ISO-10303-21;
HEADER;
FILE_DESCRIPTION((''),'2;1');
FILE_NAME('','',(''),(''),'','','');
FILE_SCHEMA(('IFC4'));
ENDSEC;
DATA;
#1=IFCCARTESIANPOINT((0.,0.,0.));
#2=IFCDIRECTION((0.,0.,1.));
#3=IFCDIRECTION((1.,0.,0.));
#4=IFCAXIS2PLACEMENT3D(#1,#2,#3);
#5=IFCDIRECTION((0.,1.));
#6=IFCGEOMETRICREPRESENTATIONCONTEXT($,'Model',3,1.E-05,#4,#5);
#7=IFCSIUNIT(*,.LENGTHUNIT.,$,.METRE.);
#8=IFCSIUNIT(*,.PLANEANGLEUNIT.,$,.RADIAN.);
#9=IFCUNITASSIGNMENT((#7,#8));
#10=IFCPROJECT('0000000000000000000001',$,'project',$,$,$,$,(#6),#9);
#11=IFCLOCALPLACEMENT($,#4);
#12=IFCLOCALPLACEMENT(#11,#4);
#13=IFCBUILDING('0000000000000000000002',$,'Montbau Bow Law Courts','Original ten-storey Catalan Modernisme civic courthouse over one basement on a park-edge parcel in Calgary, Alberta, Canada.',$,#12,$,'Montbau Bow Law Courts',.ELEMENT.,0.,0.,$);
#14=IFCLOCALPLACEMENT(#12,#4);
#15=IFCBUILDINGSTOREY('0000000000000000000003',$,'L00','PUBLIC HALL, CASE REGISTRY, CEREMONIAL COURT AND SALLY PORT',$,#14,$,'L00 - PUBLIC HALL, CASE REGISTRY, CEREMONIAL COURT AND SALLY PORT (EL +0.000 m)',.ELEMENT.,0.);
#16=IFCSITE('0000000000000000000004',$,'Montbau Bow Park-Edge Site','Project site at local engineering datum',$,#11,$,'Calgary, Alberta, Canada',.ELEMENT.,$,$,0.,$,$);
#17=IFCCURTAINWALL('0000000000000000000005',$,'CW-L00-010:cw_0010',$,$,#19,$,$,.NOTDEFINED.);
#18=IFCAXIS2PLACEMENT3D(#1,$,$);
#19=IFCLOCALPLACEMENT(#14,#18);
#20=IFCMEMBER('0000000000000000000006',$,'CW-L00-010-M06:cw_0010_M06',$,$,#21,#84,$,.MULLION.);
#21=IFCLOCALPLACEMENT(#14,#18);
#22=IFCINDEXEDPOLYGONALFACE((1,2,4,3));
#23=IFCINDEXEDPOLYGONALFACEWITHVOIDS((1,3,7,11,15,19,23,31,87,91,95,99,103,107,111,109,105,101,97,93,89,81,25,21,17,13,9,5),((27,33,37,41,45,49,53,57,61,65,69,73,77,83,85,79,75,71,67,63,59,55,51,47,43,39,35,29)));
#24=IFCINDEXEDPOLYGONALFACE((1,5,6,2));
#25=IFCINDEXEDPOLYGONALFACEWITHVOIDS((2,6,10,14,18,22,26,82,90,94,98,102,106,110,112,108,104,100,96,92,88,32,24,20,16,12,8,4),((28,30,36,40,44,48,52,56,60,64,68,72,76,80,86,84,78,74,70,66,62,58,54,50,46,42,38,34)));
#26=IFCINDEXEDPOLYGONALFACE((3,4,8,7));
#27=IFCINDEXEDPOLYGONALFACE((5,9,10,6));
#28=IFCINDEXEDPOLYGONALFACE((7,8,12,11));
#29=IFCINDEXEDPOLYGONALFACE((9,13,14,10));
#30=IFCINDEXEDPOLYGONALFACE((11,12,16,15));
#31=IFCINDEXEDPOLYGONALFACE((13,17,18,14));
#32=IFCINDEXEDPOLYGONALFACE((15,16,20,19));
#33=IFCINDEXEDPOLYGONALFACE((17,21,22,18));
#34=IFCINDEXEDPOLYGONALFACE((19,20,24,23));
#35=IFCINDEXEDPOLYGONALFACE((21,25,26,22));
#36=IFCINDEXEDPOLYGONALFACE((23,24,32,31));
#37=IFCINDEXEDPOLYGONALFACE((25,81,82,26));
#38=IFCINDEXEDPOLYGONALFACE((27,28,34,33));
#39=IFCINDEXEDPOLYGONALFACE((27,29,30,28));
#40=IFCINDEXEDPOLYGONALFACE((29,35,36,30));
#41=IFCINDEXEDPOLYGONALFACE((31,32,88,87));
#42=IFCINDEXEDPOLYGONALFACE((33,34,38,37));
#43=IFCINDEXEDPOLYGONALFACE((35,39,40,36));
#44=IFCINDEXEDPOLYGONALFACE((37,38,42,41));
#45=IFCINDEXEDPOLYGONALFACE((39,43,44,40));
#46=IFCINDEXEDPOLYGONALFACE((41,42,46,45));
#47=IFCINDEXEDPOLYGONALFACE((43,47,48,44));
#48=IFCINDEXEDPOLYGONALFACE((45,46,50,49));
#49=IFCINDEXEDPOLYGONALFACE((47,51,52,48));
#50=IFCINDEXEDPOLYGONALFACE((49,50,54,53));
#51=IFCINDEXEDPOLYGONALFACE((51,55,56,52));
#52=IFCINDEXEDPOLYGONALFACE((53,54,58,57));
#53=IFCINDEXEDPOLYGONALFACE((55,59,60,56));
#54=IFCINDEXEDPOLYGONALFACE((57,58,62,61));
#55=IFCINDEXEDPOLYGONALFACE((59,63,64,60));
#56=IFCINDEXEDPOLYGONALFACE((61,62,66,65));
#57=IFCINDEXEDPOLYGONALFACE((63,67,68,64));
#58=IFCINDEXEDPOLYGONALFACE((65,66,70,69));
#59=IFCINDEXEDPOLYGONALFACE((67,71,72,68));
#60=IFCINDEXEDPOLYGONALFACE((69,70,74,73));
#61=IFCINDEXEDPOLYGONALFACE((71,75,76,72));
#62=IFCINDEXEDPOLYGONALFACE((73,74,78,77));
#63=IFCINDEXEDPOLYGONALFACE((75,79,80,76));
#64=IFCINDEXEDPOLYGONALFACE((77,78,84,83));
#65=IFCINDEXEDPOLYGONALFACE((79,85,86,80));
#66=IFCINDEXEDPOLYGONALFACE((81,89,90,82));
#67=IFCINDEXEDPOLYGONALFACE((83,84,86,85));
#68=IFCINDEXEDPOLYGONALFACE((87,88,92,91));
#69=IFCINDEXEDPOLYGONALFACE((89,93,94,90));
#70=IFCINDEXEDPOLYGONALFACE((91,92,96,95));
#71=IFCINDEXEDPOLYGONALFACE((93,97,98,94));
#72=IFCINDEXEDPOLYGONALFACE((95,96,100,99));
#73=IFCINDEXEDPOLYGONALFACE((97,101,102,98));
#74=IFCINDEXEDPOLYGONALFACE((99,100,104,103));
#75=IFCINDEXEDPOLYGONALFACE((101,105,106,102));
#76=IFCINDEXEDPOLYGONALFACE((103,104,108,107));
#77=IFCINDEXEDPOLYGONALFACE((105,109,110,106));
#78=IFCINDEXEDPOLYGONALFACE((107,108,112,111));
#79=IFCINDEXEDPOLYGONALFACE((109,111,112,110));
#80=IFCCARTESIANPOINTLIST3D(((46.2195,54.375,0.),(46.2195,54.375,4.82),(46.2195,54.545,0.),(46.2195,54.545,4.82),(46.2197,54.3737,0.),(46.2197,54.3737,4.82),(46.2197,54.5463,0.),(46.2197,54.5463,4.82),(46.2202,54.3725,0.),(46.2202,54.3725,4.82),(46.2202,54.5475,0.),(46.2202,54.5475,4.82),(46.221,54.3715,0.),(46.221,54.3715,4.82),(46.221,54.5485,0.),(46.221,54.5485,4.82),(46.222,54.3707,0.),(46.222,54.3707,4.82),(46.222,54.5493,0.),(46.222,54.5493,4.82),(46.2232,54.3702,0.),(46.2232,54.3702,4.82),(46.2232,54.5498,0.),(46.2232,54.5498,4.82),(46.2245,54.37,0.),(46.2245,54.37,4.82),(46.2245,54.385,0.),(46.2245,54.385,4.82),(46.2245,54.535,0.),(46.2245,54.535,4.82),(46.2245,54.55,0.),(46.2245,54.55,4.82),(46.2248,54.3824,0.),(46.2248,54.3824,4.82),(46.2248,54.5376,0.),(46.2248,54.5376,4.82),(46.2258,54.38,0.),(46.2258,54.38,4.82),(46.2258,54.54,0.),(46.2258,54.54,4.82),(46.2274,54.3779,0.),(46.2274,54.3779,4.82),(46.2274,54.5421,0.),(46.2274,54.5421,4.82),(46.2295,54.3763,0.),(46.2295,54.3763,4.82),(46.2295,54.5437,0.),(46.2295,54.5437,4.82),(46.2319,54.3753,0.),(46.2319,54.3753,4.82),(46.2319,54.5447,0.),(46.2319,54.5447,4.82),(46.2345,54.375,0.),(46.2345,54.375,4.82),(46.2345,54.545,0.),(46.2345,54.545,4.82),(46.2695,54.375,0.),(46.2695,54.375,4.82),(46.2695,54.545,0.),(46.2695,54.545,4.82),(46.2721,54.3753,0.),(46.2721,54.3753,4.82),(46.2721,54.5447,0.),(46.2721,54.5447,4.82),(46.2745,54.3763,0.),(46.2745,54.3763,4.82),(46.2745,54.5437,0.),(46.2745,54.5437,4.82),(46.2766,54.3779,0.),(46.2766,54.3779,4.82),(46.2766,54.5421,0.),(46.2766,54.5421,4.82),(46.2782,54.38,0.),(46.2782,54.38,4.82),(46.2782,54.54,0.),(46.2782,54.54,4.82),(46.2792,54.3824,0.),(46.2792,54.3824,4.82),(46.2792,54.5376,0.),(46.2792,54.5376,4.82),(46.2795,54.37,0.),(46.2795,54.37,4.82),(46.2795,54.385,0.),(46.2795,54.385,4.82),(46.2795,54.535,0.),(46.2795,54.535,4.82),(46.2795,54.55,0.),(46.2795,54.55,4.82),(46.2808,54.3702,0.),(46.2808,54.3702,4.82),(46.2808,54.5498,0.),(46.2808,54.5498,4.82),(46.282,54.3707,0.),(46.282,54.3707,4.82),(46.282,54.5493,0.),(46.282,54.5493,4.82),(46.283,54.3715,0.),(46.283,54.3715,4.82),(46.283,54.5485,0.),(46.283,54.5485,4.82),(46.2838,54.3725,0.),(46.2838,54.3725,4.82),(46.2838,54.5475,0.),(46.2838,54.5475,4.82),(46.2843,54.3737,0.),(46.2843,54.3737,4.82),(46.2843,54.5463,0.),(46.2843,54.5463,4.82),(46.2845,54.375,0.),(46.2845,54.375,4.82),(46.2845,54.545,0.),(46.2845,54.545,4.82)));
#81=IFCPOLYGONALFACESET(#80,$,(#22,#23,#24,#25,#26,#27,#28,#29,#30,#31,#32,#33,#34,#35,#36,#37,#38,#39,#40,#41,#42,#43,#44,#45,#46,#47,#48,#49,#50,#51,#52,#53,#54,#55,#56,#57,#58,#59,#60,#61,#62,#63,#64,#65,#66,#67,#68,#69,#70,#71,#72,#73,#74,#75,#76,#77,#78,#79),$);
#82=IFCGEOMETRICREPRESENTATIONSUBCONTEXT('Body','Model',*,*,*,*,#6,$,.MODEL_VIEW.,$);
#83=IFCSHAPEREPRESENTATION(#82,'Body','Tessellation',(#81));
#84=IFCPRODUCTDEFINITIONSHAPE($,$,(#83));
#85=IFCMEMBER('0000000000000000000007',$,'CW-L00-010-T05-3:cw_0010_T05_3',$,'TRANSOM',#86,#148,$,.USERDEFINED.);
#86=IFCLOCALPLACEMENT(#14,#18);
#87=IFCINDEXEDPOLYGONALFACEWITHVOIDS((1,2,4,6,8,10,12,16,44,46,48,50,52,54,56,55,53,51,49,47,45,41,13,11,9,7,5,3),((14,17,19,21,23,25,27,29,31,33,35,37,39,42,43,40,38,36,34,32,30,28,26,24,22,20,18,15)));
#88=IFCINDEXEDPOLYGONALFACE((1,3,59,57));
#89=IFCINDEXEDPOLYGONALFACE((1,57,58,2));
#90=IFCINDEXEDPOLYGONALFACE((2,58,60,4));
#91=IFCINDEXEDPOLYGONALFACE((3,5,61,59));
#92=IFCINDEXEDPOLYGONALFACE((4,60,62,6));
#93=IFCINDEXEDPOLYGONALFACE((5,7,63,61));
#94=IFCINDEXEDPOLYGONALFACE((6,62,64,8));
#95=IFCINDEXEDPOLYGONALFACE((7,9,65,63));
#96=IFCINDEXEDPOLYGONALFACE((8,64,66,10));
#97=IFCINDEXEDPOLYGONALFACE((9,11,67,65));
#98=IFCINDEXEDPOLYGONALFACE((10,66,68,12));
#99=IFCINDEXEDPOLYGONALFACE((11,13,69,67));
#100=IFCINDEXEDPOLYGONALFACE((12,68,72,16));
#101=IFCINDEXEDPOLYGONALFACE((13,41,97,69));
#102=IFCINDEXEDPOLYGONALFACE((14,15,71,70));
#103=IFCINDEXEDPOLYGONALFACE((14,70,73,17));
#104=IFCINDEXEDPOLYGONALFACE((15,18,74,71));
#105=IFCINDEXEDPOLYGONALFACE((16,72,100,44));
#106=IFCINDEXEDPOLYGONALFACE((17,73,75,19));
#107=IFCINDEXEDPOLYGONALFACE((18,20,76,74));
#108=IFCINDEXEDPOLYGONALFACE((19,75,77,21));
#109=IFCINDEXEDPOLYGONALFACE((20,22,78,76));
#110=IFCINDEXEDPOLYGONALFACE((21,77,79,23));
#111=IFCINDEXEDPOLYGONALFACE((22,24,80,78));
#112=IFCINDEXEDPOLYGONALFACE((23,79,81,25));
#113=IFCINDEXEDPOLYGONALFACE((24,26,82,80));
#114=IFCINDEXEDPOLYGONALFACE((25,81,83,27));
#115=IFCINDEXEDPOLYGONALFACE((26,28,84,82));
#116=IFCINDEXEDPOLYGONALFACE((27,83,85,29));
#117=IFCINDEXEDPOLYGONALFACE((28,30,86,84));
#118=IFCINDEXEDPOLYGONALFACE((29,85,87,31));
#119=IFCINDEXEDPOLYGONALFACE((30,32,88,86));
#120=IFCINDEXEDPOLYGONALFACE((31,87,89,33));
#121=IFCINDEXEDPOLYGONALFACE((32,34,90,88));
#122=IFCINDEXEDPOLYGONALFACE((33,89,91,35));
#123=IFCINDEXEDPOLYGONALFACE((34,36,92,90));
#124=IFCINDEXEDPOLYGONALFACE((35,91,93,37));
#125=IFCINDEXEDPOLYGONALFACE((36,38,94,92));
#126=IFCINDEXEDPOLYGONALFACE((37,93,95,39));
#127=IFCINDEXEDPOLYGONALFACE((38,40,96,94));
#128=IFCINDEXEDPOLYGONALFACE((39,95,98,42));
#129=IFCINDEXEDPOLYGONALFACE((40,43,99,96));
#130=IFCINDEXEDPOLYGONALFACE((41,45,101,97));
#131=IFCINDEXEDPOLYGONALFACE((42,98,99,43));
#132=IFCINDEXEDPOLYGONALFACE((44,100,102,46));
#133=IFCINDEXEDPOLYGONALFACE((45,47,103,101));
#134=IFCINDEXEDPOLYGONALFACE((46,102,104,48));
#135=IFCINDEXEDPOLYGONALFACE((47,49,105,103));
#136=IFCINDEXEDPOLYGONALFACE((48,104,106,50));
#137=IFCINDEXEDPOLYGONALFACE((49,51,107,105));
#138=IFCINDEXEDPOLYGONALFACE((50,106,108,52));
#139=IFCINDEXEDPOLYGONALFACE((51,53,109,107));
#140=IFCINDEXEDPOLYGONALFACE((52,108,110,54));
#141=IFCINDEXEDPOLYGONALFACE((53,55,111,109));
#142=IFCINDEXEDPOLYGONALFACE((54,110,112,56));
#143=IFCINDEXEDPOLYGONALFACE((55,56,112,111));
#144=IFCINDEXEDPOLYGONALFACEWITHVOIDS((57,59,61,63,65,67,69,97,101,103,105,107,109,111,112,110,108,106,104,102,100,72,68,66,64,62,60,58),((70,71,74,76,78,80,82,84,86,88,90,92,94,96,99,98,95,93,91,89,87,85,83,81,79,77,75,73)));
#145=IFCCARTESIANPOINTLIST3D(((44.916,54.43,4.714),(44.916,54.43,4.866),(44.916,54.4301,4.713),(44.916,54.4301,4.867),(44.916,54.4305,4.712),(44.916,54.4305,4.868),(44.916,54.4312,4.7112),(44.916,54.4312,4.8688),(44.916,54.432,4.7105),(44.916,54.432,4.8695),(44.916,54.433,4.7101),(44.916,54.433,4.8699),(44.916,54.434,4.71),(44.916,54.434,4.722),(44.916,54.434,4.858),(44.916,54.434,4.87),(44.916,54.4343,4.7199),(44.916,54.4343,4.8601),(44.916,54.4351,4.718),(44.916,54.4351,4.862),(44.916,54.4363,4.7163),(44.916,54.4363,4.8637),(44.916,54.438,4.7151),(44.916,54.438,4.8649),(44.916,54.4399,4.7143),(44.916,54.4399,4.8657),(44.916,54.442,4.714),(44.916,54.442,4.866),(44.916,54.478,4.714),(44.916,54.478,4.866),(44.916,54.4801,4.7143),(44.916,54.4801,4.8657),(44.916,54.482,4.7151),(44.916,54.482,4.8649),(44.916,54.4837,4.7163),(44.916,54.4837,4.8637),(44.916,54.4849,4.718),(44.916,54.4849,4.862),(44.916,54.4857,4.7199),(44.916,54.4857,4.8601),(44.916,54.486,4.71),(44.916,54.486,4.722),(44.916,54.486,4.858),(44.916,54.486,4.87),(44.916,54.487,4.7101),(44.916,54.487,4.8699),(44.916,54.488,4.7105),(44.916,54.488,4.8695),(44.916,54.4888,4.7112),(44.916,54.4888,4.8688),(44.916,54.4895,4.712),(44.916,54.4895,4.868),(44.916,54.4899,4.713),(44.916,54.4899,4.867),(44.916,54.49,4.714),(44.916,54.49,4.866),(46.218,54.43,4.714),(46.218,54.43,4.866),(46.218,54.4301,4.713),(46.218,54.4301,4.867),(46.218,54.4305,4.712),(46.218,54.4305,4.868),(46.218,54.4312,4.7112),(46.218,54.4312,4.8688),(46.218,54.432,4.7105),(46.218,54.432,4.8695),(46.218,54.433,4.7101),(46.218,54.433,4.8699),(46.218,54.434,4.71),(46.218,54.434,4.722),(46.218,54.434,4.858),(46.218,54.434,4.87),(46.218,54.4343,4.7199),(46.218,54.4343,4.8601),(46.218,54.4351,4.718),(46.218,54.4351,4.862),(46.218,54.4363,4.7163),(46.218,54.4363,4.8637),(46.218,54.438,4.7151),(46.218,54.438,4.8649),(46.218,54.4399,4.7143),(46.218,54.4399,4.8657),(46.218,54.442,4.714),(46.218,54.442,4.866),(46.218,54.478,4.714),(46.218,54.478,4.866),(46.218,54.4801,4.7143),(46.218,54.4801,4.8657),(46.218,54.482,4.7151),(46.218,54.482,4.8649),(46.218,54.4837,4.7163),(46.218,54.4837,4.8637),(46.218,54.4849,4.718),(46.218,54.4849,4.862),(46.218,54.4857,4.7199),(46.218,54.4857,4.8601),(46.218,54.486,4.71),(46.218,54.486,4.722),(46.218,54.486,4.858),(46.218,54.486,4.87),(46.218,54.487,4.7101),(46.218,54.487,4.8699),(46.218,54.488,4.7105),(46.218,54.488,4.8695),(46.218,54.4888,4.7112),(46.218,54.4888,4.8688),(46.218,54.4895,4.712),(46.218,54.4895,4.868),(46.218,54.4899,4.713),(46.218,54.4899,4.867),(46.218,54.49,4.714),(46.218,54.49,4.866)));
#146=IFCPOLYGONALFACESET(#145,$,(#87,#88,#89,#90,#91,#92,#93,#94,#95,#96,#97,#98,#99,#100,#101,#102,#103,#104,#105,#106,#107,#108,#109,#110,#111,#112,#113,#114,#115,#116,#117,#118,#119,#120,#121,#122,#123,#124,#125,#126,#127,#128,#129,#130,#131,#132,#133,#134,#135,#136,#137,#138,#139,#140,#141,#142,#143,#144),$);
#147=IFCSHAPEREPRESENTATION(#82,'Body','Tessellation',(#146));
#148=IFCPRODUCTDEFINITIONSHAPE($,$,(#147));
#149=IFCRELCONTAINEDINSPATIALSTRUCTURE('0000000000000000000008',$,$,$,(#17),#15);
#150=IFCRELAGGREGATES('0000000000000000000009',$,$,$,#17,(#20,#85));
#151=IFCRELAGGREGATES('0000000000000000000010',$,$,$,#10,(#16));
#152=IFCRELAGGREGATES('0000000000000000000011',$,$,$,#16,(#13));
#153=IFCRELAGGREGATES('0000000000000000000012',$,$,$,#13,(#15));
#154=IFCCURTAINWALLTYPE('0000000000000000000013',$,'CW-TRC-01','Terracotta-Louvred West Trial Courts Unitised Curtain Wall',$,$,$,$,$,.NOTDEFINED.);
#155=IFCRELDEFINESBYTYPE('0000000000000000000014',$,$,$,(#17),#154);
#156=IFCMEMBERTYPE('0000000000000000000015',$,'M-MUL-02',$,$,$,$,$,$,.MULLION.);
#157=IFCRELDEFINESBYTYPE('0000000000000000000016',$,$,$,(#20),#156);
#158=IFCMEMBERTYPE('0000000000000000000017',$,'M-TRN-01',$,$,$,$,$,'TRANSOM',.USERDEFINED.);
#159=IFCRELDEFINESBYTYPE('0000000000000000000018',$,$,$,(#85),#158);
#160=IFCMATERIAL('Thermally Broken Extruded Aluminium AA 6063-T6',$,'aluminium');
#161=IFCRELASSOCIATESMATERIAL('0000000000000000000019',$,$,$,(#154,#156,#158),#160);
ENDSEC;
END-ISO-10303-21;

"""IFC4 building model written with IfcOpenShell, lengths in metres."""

from ifc_helpers import new_model, si_unit, direction, frame, origin_with_axes, origin_2d_with_axis, place, context, subcontext, project, spatial, hollow_rectangle, extrude, material, material_profile, profile_set, type_object, element, aggregate, save


model = new_model("IFC4")

# Units and contexts
model_context = context("Model", 3, precision=1e-05, world=origin_with_axes(), true_north=direction((0.0, 1.0)))
body_context = subcontext(model_context, "Body", "Model", "MODEL_VIEW")
ifc_project = project(units=[si_unit("LENGTHUNIT", "METRE"), si_unit("PLANEANGLEUNIT", "RADIAN")], contexts=[model_context])

# Site, building, storey
site_placement = place(None, origin_with_axes())
site = spatial("IfcSite", under=ifc_project, at=site_placement, Name="Montbau Bow Park-Edge Site", Description="Project site at local engineering datum", LongName="Calgary, Alberta, Canada", CompositionType="ELEMENT", RefElevation=0.0)
building_placement = place(site_placement, origin_with_axes())
building = spatial("IfcBuilding", under=site, at=building_placement, Name="Montbau Bow Law Courts", Description="Original ten-storey Catalan Modernisme civic courthouse over one basement on a park-edge parcel in Calgary, Alberta, Canada.", LongName="Montbau Bow Law Courts", CompositionType="ELEMENT", ElevationOfRefHeight=0.0, ElevationOfTerrain=0.0)
storey_placement = place(building_placement, origin_with_axes())
storey = spatial("IfcBuildingStorey", under=building, at=storey_placement, Name="L00", Description="PUBLIC HALL, CASE REGISTRY, CEREMONIAL COURT AND SALLY PORT", LongName="L00 - PUBLIC HALL, CASE REGISTRY, CEREMONIAL COURT AND SALLY PORT (EL +0.000 m)", CompositionType="ELEMENT", Elevation=0.0)

# Shared definitions
ifc_material_1 = material(Name="Thermally Broken Extruded Aluminium AA 6063-T6", Category="aluminium")

# Curtain wall, members
curtain_wall_type_1 = type_object("IfcCurtainWallType", Name="CW-TRC-01", Description="Terracotta-Louvred West Trial Courts Unitised Curtain Wall", PredefinedType="NOTDEFINED", material=ifc_material_1)
curtain_wall_1_placement = place(None, frame((39.268, 54.46, 0.0), z_axis=(0.0, 0.0, 1.0), x_axis=(1.0, 0.0, 0.0)))
curtain_wall_1 = element("IfcCurtainWall", 1, at=curtain_wall_1_placement, inside=storey, type_object=curtain_wall_type_1, Name="CW-L00-010:cw_0010", PredefinedType="NOTDEFINED")
ifc_material_profile_1 = material_profile(ifc_material_1, hollow_rectangle(XDim=0.065, YDim=0.18, WallThickness=0.005, InnerFilletRadius=0.01, OuterFilletRadius=0.005, at=origin_2d_with_axis()), Name="CWM-180X65", Category="Main", Priority=0)
ifc_profile_set_1 = profile_set([ifc_material_profile_1], Name="Thermally Broken Extruded Aluminium AA 6063-T6")
member_type_1 = type_object("IfcMemberType", Name="M-MUL-02", PredefinedType="MULLION", material=ifc_profile_set_1)
member_1_placement = place(None, frame((46.252, 54.46, 0.0), z_axis=(0.0, 0.0, 1.0), x_axis=(1.0, 0.0, 0.0)))
member_1 = element("IfcMember", 2, at=member_1_placement, type_object=member_type_1, Name="CW-L00-010-M06:cw_0010_M06", PredefinedType="MULLION", context=body_context, shape_type="SweptSolid", body=[
    extrude(hollow_rectangle(XDim=0.065, YDim=0.18, WallThickness=0.005, InnerFilletRadius=0.01, OuterFilletRadius=0.005, at=origin_2d_with_axis()), origin_with_axes(), (0.0, 0.0, 1.0), 4.82),
])
ifc_material_profile_2 = material_profile(ifc_material_1, hollow_rectangle(XDim=0.06, YDim=0.16, WallThickness=0.004, InnerFilletRadius=0.008, OuterFilletRadius=0.004, at=origin_2d_with_axis()), Name="CWT-160X60", Category="Main", Priority=0)
ifc_profile_set_2 = profile_set([ifc_material_profile_2], Name="Thermally Broken Extruded Aluminium AA 6063-T6")
member_type_2 = type_object("IfcMemberType", Name="M-TRN-01", ElementType="TRANSOM", PredefinedType="USERDEFINED", material=ifc_profile_set_2)
member_2_placement = place(None, frame((44.916, 54.46, 4.79), z_axis=(1.0, 0.0, 0.0), x_axis=(0.0, 1.0, 0.0)))
member_2 = element("IfcMember", 3, at=member_2_placement, type_object=member_type_2, Name="CW-L00-010-T05-3:cw_0010_T05_3", ObjectType="TRANSOM", PredefinedType="USERDEFINED", context=body_context, shape_type="SweptSolid", body=[
    extrude(hollow_rectangle(XDim=0.06, YDim=0.16, WallThickness=0.004, InnerFilletRadius=0.008, OuterFilletRadius=0.004, at=origin_2d_with_axis()), origin_with_axes(), (0.0, 0.0, 1.0), 1.302),
])
aggregate(curtain_wall_1, [member_1, member_2])

save(model, "model.ifc")
